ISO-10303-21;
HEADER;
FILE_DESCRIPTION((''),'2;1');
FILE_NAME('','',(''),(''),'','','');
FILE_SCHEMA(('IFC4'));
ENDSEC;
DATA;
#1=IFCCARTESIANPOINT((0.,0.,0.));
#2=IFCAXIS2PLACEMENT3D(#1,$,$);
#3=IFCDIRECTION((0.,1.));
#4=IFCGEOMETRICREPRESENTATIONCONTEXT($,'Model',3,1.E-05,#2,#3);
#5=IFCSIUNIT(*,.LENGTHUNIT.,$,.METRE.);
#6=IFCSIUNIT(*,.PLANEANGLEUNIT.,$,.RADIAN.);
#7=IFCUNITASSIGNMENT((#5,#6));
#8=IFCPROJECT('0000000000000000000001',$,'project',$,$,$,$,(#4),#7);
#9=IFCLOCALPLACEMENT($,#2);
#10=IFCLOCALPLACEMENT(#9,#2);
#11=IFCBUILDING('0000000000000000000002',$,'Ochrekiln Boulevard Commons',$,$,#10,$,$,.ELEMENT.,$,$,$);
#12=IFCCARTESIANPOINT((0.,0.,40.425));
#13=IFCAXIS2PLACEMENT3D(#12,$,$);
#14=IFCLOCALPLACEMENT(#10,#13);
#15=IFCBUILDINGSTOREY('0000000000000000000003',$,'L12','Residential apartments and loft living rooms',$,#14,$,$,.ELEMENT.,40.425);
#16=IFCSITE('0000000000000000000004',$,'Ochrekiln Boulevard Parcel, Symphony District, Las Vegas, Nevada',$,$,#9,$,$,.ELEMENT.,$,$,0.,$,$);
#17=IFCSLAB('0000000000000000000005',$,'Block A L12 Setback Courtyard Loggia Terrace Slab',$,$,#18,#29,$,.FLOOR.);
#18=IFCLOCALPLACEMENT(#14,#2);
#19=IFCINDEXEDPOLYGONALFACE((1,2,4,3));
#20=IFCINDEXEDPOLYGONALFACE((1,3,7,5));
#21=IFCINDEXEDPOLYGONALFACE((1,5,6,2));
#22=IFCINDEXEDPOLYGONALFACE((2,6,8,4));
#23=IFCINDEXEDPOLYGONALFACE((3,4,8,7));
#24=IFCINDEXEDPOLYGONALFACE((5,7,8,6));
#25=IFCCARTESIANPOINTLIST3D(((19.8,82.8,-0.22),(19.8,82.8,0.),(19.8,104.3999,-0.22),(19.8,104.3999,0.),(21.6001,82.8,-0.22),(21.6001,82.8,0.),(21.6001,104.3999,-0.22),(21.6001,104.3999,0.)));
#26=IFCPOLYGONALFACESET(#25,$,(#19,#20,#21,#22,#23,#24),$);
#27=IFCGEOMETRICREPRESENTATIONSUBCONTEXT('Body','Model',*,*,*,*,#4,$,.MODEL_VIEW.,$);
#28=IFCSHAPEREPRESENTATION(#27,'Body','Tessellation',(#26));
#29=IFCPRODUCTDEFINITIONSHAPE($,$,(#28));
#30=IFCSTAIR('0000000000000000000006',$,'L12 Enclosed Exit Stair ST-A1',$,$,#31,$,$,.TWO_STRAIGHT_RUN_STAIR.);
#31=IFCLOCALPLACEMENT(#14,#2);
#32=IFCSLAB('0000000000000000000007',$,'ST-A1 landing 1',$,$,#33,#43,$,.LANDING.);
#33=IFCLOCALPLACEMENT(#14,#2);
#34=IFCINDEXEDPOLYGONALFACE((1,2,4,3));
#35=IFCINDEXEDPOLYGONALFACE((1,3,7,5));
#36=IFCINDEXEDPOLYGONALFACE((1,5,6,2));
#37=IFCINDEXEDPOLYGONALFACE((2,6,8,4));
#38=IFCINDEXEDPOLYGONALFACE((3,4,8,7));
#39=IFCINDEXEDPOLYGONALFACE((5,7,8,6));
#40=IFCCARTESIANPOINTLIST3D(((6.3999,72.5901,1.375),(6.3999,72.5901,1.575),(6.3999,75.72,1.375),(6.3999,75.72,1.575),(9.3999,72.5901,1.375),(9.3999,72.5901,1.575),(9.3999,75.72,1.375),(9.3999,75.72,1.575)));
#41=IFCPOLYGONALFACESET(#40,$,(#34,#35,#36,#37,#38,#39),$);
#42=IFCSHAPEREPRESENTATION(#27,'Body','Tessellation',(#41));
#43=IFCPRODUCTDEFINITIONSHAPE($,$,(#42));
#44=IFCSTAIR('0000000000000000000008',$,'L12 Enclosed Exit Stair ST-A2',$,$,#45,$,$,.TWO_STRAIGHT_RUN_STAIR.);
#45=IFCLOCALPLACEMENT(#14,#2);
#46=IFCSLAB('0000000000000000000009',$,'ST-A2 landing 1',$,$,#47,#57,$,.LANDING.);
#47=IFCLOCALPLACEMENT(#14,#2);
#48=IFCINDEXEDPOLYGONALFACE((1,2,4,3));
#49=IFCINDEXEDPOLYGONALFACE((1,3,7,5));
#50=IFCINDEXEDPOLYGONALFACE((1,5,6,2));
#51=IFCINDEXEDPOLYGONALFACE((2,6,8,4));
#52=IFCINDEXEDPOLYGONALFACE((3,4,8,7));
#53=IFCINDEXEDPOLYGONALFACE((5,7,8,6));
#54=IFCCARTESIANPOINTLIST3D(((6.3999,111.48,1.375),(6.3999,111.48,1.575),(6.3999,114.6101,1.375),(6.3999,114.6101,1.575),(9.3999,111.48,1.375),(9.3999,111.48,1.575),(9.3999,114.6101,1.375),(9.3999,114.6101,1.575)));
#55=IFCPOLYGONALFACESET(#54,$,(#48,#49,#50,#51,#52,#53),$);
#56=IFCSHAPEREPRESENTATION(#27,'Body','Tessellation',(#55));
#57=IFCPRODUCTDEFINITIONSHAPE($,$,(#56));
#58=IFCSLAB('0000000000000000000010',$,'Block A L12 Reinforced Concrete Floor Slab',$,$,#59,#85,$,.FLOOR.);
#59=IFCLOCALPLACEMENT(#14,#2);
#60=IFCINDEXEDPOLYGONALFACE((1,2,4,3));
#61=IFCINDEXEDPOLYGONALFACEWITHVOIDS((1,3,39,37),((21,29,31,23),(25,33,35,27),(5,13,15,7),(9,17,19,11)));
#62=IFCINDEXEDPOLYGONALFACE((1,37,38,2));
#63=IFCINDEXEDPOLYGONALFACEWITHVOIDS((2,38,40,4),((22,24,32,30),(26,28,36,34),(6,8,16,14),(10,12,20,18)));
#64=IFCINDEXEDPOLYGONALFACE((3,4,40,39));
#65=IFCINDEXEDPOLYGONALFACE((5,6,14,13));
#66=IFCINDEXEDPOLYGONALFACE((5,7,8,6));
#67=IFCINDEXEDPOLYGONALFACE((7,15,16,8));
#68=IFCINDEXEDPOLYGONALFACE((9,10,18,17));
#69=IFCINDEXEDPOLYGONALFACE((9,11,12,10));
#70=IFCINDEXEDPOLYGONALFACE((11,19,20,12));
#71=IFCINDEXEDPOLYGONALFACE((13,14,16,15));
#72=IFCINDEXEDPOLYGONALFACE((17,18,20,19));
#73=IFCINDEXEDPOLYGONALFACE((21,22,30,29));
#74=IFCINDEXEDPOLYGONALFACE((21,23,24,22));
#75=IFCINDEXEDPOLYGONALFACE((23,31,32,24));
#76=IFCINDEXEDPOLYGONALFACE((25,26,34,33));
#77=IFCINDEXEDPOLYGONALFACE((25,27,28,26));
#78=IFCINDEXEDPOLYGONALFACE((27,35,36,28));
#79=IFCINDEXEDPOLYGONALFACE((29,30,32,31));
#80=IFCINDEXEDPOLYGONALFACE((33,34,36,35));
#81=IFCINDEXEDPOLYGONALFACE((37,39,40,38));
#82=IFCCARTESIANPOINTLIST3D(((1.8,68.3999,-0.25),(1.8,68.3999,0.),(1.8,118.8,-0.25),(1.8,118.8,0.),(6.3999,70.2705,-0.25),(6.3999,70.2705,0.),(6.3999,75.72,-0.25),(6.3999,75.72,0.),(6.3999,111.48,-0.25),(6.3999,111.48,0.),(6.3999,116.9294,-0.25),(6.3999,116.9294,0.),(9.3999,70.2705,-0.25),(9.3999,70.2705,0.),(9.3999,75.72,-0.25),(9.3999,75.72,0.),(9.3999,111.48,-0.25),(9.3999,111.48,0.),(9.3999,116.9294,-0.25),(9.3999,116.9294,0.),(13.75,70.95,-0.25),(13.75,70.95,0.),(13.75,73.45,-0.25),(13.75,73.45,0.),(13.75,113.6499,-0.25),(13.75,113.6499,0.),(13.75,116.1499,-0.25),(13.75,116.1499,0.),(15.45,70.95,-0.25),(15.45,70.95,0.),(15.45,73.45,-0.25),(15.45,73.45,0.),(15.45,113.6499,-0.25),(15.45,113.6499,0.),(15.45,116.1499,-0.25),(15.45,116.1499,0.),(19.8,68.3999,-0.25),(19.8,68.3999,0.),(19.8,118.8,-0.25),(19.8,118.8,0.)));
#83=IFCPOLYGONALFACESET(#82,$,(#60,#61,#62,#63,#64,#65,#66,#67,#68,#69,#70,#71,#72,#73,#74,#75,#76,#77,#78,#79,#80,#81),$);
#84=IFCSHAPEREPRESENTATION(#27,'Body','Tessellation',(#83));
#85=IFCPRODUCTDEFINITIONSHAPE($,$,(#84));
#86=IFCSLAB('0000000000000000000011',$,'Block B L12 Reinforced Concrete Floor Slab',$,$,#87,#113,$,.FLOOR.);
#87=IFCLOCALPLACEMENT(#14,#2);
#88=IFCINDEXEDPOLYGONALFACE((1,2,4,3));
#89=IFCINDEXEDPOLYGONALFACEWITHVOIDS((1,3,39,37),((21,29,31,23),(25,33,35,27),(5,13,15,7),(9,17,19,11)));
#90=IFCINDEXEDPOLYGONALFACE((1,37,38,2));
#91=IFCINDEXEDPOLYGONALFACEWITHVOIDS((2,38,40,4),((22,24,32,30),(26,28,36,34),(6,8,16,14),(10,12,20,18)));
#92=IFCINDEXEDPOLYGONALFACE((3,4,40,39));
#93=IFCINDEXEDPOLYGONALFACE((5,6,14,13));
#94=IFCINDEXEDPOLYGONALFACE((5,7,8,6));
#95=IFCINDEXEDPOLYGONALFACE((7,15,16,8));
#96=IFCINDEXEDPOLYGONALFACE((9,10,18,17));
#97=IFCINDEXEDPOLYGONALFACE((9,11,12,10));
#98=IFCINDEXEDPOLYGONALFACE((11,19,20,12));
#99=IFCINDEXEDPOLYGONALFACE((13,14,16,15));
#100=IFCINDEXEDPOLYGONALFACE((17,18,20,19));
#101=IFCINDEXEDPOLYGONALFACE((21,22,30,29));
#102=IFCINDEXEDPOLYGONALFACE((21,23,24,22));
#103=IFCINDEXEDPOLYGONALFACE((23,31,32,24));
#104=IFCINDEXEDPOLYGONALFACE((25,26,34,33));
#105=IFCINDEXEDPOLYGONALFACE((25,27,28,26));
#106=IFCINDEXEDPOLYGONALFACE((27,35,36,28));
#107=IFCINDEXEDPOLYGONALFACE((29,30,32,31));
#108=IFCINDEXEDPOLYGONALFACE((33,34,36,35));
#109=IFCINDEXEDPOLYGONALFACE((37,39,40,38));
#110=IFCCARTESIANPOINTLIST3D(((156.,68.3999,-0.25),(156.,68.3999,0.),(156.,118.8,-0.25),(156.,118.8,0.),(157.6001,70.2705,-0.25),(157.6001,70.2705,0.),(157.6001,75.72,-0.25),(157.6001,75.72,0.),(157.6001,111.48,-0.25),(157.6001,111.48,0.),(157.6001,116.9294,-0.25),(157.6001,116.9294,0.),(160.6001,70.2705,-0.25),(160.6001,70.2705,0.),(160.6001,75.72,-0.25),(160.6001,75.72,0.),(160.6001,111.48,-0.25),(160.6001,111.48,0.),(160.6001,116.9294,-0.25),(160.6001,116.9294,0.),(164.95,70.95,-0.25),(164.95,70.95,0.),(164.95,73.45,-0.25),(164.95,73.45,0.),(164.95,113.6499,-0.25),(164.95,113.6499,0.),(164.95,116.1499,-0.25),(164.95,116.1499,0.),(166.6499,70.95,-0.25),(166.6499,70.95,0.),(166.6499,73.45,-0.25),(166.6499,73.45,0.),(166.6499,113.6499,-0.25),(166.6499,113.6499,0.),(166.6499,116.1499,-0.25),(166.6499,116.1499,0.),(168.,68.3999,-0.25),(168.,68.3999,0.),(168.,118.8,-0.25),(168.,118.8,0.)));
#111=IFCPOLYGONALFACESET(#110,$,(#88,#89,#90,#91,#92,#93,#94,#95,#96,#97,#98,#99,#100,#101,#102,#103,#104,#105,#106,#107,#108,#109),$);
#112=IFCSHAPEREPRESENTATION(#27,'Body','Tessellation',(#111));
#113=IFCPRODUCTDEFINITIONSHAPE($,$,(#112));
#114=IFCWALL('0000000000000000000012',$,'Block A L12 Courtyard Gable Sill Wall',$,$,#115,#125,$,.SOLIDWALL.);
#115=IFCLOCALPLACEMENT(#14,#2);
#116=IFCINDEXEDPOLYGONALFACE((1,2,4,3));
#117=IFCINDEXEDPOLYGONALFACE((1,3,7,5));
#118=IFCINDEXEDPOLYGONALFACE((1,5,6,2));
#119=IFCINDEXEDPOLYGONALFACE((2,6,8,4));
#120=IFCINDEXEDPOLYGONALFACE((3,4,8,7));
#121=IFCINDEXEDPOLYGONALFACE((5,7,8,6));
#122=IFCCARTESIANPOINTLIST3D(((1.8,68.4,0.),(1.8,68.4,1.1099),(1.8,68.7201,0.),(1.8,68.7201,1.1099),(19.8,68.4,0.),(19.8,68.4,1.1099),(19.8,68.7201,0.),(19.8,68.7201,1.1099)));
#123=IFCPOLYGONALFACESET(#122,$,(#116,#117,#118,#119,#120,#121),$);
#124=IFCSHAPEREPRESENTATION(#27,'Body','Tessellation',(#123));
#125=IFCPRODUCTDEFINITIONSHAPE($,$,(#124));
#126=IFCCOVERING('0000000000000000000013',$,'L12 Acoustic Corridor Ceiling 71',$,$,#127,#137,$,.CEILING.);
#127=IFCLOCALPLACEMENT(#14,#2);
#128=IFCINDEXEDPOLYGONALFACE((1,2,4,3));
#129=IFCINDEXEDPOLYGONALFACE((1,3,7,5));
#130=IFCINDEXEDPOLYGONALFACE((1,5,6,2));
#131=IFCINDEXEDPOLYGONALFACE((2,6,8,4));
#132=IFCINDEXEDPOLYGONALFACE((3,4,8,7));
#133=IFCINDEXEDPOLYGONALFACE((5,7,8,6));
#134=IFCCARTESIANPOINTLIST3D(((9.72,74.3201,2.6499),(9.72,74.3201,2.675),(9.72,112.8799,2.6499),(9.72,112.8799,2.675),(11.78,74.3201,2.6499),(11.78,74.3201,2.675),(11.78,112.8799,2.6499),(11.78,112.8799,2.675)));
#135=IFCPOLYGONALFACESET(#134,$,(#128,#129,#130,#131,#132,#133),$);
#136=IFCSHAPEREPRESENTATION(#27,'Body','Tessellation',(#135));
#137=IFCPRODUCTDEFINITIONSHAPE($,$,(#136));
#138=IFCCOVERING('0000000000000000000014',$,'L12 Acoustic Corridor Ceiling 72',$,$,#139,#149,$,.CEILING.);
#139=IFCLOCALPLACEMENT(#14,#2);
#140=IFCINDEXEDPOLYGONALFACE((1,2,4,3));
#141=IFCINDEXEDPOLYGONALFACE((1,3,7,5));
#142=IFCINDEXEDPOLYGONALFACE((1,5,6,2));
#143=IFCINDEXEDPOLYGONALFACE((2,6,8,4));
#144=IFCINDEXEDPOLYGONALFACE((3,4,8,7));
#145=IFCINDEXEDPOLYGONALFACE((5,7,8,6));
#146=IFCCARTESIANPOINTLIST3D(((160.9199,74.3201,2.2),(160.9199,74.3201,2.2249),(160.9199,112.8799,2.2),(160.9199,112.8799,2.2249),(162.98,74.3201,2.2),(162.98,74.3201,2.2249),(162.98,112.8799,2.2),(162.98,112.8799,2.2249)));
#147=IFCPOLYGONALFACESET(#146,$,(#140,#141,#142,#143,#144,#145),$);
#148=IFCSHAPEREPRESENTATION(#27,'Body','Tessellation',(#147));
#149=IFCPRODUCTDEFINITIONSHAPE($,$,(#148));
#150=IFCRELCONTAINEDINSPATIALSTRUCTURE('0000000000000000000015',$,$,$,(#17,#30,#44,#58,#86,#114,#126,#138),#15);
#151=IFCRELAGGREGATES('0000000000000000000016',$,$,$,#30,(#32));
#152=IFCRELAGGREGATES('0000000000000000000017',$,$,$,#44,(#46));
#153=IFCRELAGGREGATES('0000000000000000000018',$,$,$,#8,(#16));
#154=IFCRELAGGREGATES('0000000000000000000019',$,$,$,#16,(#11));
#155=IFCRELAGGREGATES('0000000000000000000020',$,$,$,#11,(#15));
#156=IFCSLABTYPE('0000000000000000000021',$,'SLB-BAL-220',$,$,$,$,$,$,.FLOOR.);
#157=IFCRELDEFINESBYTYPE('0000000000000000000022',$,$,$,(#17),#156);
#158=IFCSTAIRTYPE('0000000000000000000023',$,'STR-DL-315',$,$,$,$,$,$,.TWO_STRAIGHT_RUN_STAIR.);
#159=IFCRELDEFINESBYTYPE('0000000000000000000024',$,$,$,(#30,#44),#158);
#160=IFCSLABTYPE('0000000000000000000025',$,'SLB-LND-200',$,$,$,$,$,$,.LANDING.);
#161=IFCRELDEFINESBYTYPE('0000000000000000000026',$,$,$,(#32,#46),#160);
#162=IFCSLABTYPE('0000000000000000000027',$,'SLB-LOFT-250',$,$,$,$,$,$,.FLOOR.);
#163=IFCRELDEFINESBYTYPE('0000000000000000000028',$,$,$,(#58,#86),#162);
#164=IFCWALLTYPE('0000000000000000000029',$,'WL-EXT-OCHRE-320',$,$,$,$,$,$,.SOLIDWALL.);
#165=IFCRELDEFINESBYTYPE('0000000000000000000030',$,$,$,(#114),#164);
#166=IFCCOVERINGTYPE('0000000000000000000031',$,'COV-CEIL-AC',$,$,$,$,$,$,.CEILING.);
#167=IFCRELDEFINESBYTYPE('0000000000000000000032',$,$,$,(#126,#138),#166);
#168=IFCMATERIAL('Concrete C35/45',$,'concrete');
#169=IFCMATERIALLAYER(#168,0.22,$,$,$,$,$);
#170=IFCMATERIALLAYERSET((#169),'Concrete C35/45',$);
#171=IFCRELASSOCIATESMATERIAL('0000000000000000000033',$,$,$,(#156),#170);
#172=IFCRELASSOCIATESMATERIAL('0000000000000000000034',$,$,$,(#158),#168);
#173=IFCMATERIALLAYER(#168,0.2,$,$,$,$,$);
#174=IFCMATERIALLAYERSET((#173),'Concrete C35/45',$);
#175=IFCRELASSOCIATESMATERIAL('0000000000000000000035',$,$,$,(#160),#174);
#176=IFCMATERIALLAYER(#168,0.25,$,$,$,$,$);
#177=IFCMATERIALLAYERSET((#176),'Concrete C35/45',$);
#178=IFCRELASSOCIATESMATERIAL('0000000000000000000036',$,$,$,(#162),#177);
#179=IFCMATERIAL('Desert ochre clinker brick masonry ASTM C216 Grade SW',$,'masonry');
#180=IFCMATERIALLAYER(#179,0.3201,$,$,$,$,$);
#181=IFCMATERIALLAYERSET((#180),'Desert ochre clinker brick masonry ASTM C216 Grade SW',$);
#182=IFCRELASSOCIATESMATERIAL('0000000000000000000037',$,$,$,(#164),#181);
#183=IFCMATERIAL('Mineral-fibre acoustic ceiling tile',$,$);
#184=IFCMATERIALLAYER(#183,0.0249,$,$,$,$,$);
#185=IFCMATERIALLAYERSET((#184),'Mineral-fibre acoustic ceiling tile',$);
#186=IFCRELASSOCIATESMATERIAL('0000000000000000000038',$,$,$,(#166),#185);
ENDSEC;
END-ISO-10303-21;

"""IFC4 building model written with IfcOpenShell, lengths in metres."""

from ifc_helpers import new_model, si_unit, direction, frame, frame_2d, origin, place, context, subcontext, project, spatial, polyline, rectangle, outline, extrude, material, layer, layer_set, type_object, element, aggregate, save


model = new_model("IFC4")

# Units and contexts
model_context = context("Model", 3, precision=1e-05, world=origin(), true_north=direction((0.0, 1.0)))
body_context = subcontext(model_context, "Body", "Model", "MODEL_VIEW")
ifc_project = project(units=[si_unit("LENGTHUNIT", "METRE"), si_unit("PLANEANGLEUNIT", "RADIAN")], contexts=[model_context])

# Site, building, storey
site_placement = place(None, origin())
site = spatial("IfcSite", under=ifc_project, at=site_placement, Name="Ochrekiln Boulevard Parcel, Symphony District, Las Vegas, Nevada", CompositionType="ELEMENT", RefElevation=0.0)
building_placement = place(site_placement, origin())
building = spatial("IfcBuilding", under=site, at=building_placement, Name="Ochrekiln Boulevard Commons", CompositionType="ELEMENT")
storey_placement = place(building_placement, frame((0.0, 0.0, 40.425)))
storey = spatial("IfcBuildingStorey", under=building, at=storey_placement, Name="L12", Description="Residential apartments and loft living rooms", CompositionType="ELEMENT", Elevation=40.425)

# Slab
ifc_material_1 = material(Name="Concrete C35/45", Category="concrete")
ifc_layer_1 = layer(ifc_material_1, 0.22)
ifc_layer_set_1 = layer_set([ifc_layer_1], Name="Concrete C35/45")
slab_type_1 = type_object("IfcSlabType", Name="SLB-BAL-220", PredefinedType="FLOOR", material=ifc_layer_set_1)
slab_1_placement = place(storey_placement, frame((0.0, 0.0, -0.22)))
element("IfcSlab", 1, at=slab_1_placement, inside=storey, type_object=slab_type_1, Name="Block A L12 Setback Courtyard Loggia Terrace Slab", PredefinedType="FLOOR", context=body_context, shape_type="SweptSolid", body=[
    extrude(outline(polyline([(19.8, 82.8), (21.6001, 82.8), (21.6001, 104.3999), (19.8, 104.3999), (19.8, 82.8)])), origin(), (0.0, 0.0, 1.0), 0.22),
])

# Stairs, slabs
stair_type = type_object("IfcStairType", Name="STR-DL-315", PredefinedType="TWO_STRAIGHT_RUN_STAIR", material=ifc_material_1)
stair_1_placement = place(storey_placement, origin())
stair_1 = element("IfcStair", 2, at=stair_1_placement, inside=storey, type_object=stair_type, Name="L12 Enclosed Exit Stair ST-A1", PredefinedType="TWO_STRAIGHT_RUN_STAIR")
ifc_layer_2 = layer(ifc_material_1, 0.2)
ifc_layer_set_2 = layer_set([ifc_layer_2], Name="Concrete C35/45")
slab_type_2 = type_object("IfcSlabType", Name="SLB-LND-200", PredefinedType="LANDING", material=ifc_layer_set_2)
slab_2_placement = place(storey_placement, frame((0.0, 0.0, 1.375)))
slab_2 = element("IfcSlab", 3, at=slab_2_placement, type_object=slab_type_2, Name="ST-A1 landing 1", PredefinedType="LANDING", context=body_context, shape_type="SweptSolid", body=[
    extrude(outline(polyline([(9.3999, 72.5901), (9.3999, 75.72), (6.3999, 75.72), (6.3999, 72.5901), (9.3999, 72.5901)])), origin(), (0.0, 0.0, 1.0), 0.2),
])
aggregate(stair_1, [slab_2])
stair_2_placement = place(storey_placement, origin())
stair_2 = element("IfcStair", 4, at=stair_2_placement, inside=storey, type_object=stair_type, Name="L12 Enclosed Exit Stair ST-A2", PredefinedType="TWO_STRAIGHT_RUN_STAIR")
slab_3_placement = place(storey_placement, frame((0.0, 0.0, 1.375)))
slab_3 = element("IfcSlab", 5, at=slab_3_placement, type_object=slab_type_2, Name="ST-A2 landing 1", PredefinedType="LANDING", context=body_context, shape_type="SweptSolid", body=[
    extrude(outline(polyline([(6.3999, 114.6101), (6.3999, 111.48), (9.3999, 111.48), (9.3999, 114.6101), (6.3999, 114.6101)])), origin(), (0.0, 0.0, 1.0), 0.2),
])
aggregate(stair_2, [slab_3])

# Slabs
ifc_layer_3 = layer(ifc_material_1, 0.25)
ifc_layer_set_3 = layer_set([ifc_layer_3], Name="Concrete C35/45")
slab_type_3 = type_object("IfcSlabType", Name="SLB-LOFT-250", PredefinedType="FLOOR", material=ifc_layer_set_3)
slab_4_placement = place(storey_placement, frame((0.0, 0.0, -0.25)))
element("IfcSlab", 6, at=slab_4_placement, inside=storey, type_object=slab_type_3, Name="Block A L12 Reinforced Concrete Floor Slab", PredefinedType="FLOOR", context=body_context, shape_type="SweptSolid", body=[
    extrude(outline(polyline([(1.8, 68.3999), (19.8, 68.3999), (19.8, 118.8), (1.8, 118.8), (1.8, 68.3999)]), holes=[polyline([(9.3999, 70.2705), (9.3999, 75.72), (6.3999, 75.72), (6.3999, 70.2705), (9.3999, 70.2705)]), polyline([(6.3999, 116.9294), (6.3999, 111.48), (9.3999, 111.48), (9.3999, 116.9294), (6.3999, 116.9294)]), polyline([(13.75, 70.95), (15.45, 70.95), (15.45, 73.45), (13.75, 73.45), (13.75, 70.95)]), polyline([(13.75, 113.6499), (15.45, 113.6499), (15.45, 116.1499), (13.75, 116.1499), (13.75, 113.6499)])]), origin(), (0.0, 0.0, 1.0), 0.25),
])
slab_5_placement = place(storey_placement, frame((0.0, 0.0, -0.25)))
element("IfcSlab", 7, at=slab_5_placement, inside=storey, type_object=slab_type_3, Name="Block B L12 Reinforced Concrete Floor Slab", PredefinedType="FLOOR", context=body_context, shape_type="SweptSolid", body=[
    extrude(outline(polyline([(156.0, 68.3999), (168.0, 68.3999), (168.0, 118.8), (156.0, 118.8), (156.0, 68.3999)]), holes=[polyline([(160.6001, 70.2705), (160.6001, 75.72), (157.6001, 75.72), (157.6001, 70.2705), (160.6001, 70.2705)]), polyline([(157.6001, 116.9294), (157.6001, 111.48), (160.6001, 111.48), (160.6001, 116.9294), (157.6001, 116.9294)]), polyline([(164.95, 70.95), (166.6499, 70.95), (166.6499, 73.45), (164.95, 73.45), (164.95, 70.95)]), polyline([(164.95, 113.6499), (166.6499, 113.6499), (166.6499, 116.1499), (164.95, 116.1499), (164.95, 113.6499)])]), origin(), (0.0, 0.0, 1.0), 0.25),
])

# Wall
ifc_material_2 = material(Name="Desert ochre clinker brick masonry ASTM C216 Grade SW", Category="masonry")
ifc_layer_4 = layer(ifc_material_2, 0.3201)
ifc_layer_set_4 = layer_set([ifc_layer_4], Name="Desert ochre clinker brick masonry ASTM C216 Grade SW")
wall_type = type_object("IfcWallType", Name="WL-EXT-OCHRE-320", PredefinedType="SOLIDWALL", material=ifc_layer_set_4)
wall_placement = place(storey_placement, frame((1.8, 68.5601, 0.0), z_axis=(0.0, 0.0, 1.0), x_axis=(1.0, 0.0, 0.0)))
element("IfcWall", 8, at=wall_placement, inside=storey, type_object=wall_type, Name="Block A L12 Courtyard Gable Sill Wall", PredefinedType="SOLIDWALL", context=body_context, shape_type="SweptSolid", body=[
    extrude(rectangle(XDim=18.0, YDim=0.3201, at=frame_2d((9.0, 0.0))), origin(), (0.0, 0.0, 1.0), 1.1099),
])

# Coverings
ifc_material_3 = material(Name="Mineral-fibre acoustic ceiling tile")
ifc_layer_5 = layer(ifc_material_3, 0.0249)
ifc_layer_set_5 = layer_set([ifc_layer_5], Name="Mineral-fibre acoustic ceiling tile")
covering_type = type_object("IfcCoveringType", Name="COV-CEIL-AC", PredefinedType="CEILING", material=ifc_layer_set_5)
covering_1_placement = place(storey_placement, frame((0.0, 0.0, 2.6499)))
element("IfcCovering", 9, at=covering_1_placement, inside=storey, type_object=covering_type, Name="L12 Acoustic Corridor Ceiling 71", PredefinedType="CEILING", context=body_context, shape_type="SweptSolid", body=[
    extrude(outline(polyline([(9.72, 74.3201), (11.78, 74.3201), (11.78, 112.8799), (9.72, 112.8799), (9.72, 74.3201)])), origin(), (0.0, 0.0, 1.0), 0.0251),
])
covering_2_placement = place(storey_placement, frame((0.0, 0.0, 2.2)))
element("IfcCovering", 10, at=covering_2_placement, inside=storey, type_object=covering_type, Name="L12 Acoustic Corridor Ceiling 72", PredefinedType="CEILING", context=body_context, shape_type="SweptSolid", body=[
    extrude(outline(polyline([(160.9199, 74.3201), (162.98, 74.3201), (162.98, 112.8799), (160.9199, 112.8799), (160.9199, 74.3201)])), origin(), (0.0, 0.0, 1.0), 0.0249),
])

save(model, "model.ifc")
